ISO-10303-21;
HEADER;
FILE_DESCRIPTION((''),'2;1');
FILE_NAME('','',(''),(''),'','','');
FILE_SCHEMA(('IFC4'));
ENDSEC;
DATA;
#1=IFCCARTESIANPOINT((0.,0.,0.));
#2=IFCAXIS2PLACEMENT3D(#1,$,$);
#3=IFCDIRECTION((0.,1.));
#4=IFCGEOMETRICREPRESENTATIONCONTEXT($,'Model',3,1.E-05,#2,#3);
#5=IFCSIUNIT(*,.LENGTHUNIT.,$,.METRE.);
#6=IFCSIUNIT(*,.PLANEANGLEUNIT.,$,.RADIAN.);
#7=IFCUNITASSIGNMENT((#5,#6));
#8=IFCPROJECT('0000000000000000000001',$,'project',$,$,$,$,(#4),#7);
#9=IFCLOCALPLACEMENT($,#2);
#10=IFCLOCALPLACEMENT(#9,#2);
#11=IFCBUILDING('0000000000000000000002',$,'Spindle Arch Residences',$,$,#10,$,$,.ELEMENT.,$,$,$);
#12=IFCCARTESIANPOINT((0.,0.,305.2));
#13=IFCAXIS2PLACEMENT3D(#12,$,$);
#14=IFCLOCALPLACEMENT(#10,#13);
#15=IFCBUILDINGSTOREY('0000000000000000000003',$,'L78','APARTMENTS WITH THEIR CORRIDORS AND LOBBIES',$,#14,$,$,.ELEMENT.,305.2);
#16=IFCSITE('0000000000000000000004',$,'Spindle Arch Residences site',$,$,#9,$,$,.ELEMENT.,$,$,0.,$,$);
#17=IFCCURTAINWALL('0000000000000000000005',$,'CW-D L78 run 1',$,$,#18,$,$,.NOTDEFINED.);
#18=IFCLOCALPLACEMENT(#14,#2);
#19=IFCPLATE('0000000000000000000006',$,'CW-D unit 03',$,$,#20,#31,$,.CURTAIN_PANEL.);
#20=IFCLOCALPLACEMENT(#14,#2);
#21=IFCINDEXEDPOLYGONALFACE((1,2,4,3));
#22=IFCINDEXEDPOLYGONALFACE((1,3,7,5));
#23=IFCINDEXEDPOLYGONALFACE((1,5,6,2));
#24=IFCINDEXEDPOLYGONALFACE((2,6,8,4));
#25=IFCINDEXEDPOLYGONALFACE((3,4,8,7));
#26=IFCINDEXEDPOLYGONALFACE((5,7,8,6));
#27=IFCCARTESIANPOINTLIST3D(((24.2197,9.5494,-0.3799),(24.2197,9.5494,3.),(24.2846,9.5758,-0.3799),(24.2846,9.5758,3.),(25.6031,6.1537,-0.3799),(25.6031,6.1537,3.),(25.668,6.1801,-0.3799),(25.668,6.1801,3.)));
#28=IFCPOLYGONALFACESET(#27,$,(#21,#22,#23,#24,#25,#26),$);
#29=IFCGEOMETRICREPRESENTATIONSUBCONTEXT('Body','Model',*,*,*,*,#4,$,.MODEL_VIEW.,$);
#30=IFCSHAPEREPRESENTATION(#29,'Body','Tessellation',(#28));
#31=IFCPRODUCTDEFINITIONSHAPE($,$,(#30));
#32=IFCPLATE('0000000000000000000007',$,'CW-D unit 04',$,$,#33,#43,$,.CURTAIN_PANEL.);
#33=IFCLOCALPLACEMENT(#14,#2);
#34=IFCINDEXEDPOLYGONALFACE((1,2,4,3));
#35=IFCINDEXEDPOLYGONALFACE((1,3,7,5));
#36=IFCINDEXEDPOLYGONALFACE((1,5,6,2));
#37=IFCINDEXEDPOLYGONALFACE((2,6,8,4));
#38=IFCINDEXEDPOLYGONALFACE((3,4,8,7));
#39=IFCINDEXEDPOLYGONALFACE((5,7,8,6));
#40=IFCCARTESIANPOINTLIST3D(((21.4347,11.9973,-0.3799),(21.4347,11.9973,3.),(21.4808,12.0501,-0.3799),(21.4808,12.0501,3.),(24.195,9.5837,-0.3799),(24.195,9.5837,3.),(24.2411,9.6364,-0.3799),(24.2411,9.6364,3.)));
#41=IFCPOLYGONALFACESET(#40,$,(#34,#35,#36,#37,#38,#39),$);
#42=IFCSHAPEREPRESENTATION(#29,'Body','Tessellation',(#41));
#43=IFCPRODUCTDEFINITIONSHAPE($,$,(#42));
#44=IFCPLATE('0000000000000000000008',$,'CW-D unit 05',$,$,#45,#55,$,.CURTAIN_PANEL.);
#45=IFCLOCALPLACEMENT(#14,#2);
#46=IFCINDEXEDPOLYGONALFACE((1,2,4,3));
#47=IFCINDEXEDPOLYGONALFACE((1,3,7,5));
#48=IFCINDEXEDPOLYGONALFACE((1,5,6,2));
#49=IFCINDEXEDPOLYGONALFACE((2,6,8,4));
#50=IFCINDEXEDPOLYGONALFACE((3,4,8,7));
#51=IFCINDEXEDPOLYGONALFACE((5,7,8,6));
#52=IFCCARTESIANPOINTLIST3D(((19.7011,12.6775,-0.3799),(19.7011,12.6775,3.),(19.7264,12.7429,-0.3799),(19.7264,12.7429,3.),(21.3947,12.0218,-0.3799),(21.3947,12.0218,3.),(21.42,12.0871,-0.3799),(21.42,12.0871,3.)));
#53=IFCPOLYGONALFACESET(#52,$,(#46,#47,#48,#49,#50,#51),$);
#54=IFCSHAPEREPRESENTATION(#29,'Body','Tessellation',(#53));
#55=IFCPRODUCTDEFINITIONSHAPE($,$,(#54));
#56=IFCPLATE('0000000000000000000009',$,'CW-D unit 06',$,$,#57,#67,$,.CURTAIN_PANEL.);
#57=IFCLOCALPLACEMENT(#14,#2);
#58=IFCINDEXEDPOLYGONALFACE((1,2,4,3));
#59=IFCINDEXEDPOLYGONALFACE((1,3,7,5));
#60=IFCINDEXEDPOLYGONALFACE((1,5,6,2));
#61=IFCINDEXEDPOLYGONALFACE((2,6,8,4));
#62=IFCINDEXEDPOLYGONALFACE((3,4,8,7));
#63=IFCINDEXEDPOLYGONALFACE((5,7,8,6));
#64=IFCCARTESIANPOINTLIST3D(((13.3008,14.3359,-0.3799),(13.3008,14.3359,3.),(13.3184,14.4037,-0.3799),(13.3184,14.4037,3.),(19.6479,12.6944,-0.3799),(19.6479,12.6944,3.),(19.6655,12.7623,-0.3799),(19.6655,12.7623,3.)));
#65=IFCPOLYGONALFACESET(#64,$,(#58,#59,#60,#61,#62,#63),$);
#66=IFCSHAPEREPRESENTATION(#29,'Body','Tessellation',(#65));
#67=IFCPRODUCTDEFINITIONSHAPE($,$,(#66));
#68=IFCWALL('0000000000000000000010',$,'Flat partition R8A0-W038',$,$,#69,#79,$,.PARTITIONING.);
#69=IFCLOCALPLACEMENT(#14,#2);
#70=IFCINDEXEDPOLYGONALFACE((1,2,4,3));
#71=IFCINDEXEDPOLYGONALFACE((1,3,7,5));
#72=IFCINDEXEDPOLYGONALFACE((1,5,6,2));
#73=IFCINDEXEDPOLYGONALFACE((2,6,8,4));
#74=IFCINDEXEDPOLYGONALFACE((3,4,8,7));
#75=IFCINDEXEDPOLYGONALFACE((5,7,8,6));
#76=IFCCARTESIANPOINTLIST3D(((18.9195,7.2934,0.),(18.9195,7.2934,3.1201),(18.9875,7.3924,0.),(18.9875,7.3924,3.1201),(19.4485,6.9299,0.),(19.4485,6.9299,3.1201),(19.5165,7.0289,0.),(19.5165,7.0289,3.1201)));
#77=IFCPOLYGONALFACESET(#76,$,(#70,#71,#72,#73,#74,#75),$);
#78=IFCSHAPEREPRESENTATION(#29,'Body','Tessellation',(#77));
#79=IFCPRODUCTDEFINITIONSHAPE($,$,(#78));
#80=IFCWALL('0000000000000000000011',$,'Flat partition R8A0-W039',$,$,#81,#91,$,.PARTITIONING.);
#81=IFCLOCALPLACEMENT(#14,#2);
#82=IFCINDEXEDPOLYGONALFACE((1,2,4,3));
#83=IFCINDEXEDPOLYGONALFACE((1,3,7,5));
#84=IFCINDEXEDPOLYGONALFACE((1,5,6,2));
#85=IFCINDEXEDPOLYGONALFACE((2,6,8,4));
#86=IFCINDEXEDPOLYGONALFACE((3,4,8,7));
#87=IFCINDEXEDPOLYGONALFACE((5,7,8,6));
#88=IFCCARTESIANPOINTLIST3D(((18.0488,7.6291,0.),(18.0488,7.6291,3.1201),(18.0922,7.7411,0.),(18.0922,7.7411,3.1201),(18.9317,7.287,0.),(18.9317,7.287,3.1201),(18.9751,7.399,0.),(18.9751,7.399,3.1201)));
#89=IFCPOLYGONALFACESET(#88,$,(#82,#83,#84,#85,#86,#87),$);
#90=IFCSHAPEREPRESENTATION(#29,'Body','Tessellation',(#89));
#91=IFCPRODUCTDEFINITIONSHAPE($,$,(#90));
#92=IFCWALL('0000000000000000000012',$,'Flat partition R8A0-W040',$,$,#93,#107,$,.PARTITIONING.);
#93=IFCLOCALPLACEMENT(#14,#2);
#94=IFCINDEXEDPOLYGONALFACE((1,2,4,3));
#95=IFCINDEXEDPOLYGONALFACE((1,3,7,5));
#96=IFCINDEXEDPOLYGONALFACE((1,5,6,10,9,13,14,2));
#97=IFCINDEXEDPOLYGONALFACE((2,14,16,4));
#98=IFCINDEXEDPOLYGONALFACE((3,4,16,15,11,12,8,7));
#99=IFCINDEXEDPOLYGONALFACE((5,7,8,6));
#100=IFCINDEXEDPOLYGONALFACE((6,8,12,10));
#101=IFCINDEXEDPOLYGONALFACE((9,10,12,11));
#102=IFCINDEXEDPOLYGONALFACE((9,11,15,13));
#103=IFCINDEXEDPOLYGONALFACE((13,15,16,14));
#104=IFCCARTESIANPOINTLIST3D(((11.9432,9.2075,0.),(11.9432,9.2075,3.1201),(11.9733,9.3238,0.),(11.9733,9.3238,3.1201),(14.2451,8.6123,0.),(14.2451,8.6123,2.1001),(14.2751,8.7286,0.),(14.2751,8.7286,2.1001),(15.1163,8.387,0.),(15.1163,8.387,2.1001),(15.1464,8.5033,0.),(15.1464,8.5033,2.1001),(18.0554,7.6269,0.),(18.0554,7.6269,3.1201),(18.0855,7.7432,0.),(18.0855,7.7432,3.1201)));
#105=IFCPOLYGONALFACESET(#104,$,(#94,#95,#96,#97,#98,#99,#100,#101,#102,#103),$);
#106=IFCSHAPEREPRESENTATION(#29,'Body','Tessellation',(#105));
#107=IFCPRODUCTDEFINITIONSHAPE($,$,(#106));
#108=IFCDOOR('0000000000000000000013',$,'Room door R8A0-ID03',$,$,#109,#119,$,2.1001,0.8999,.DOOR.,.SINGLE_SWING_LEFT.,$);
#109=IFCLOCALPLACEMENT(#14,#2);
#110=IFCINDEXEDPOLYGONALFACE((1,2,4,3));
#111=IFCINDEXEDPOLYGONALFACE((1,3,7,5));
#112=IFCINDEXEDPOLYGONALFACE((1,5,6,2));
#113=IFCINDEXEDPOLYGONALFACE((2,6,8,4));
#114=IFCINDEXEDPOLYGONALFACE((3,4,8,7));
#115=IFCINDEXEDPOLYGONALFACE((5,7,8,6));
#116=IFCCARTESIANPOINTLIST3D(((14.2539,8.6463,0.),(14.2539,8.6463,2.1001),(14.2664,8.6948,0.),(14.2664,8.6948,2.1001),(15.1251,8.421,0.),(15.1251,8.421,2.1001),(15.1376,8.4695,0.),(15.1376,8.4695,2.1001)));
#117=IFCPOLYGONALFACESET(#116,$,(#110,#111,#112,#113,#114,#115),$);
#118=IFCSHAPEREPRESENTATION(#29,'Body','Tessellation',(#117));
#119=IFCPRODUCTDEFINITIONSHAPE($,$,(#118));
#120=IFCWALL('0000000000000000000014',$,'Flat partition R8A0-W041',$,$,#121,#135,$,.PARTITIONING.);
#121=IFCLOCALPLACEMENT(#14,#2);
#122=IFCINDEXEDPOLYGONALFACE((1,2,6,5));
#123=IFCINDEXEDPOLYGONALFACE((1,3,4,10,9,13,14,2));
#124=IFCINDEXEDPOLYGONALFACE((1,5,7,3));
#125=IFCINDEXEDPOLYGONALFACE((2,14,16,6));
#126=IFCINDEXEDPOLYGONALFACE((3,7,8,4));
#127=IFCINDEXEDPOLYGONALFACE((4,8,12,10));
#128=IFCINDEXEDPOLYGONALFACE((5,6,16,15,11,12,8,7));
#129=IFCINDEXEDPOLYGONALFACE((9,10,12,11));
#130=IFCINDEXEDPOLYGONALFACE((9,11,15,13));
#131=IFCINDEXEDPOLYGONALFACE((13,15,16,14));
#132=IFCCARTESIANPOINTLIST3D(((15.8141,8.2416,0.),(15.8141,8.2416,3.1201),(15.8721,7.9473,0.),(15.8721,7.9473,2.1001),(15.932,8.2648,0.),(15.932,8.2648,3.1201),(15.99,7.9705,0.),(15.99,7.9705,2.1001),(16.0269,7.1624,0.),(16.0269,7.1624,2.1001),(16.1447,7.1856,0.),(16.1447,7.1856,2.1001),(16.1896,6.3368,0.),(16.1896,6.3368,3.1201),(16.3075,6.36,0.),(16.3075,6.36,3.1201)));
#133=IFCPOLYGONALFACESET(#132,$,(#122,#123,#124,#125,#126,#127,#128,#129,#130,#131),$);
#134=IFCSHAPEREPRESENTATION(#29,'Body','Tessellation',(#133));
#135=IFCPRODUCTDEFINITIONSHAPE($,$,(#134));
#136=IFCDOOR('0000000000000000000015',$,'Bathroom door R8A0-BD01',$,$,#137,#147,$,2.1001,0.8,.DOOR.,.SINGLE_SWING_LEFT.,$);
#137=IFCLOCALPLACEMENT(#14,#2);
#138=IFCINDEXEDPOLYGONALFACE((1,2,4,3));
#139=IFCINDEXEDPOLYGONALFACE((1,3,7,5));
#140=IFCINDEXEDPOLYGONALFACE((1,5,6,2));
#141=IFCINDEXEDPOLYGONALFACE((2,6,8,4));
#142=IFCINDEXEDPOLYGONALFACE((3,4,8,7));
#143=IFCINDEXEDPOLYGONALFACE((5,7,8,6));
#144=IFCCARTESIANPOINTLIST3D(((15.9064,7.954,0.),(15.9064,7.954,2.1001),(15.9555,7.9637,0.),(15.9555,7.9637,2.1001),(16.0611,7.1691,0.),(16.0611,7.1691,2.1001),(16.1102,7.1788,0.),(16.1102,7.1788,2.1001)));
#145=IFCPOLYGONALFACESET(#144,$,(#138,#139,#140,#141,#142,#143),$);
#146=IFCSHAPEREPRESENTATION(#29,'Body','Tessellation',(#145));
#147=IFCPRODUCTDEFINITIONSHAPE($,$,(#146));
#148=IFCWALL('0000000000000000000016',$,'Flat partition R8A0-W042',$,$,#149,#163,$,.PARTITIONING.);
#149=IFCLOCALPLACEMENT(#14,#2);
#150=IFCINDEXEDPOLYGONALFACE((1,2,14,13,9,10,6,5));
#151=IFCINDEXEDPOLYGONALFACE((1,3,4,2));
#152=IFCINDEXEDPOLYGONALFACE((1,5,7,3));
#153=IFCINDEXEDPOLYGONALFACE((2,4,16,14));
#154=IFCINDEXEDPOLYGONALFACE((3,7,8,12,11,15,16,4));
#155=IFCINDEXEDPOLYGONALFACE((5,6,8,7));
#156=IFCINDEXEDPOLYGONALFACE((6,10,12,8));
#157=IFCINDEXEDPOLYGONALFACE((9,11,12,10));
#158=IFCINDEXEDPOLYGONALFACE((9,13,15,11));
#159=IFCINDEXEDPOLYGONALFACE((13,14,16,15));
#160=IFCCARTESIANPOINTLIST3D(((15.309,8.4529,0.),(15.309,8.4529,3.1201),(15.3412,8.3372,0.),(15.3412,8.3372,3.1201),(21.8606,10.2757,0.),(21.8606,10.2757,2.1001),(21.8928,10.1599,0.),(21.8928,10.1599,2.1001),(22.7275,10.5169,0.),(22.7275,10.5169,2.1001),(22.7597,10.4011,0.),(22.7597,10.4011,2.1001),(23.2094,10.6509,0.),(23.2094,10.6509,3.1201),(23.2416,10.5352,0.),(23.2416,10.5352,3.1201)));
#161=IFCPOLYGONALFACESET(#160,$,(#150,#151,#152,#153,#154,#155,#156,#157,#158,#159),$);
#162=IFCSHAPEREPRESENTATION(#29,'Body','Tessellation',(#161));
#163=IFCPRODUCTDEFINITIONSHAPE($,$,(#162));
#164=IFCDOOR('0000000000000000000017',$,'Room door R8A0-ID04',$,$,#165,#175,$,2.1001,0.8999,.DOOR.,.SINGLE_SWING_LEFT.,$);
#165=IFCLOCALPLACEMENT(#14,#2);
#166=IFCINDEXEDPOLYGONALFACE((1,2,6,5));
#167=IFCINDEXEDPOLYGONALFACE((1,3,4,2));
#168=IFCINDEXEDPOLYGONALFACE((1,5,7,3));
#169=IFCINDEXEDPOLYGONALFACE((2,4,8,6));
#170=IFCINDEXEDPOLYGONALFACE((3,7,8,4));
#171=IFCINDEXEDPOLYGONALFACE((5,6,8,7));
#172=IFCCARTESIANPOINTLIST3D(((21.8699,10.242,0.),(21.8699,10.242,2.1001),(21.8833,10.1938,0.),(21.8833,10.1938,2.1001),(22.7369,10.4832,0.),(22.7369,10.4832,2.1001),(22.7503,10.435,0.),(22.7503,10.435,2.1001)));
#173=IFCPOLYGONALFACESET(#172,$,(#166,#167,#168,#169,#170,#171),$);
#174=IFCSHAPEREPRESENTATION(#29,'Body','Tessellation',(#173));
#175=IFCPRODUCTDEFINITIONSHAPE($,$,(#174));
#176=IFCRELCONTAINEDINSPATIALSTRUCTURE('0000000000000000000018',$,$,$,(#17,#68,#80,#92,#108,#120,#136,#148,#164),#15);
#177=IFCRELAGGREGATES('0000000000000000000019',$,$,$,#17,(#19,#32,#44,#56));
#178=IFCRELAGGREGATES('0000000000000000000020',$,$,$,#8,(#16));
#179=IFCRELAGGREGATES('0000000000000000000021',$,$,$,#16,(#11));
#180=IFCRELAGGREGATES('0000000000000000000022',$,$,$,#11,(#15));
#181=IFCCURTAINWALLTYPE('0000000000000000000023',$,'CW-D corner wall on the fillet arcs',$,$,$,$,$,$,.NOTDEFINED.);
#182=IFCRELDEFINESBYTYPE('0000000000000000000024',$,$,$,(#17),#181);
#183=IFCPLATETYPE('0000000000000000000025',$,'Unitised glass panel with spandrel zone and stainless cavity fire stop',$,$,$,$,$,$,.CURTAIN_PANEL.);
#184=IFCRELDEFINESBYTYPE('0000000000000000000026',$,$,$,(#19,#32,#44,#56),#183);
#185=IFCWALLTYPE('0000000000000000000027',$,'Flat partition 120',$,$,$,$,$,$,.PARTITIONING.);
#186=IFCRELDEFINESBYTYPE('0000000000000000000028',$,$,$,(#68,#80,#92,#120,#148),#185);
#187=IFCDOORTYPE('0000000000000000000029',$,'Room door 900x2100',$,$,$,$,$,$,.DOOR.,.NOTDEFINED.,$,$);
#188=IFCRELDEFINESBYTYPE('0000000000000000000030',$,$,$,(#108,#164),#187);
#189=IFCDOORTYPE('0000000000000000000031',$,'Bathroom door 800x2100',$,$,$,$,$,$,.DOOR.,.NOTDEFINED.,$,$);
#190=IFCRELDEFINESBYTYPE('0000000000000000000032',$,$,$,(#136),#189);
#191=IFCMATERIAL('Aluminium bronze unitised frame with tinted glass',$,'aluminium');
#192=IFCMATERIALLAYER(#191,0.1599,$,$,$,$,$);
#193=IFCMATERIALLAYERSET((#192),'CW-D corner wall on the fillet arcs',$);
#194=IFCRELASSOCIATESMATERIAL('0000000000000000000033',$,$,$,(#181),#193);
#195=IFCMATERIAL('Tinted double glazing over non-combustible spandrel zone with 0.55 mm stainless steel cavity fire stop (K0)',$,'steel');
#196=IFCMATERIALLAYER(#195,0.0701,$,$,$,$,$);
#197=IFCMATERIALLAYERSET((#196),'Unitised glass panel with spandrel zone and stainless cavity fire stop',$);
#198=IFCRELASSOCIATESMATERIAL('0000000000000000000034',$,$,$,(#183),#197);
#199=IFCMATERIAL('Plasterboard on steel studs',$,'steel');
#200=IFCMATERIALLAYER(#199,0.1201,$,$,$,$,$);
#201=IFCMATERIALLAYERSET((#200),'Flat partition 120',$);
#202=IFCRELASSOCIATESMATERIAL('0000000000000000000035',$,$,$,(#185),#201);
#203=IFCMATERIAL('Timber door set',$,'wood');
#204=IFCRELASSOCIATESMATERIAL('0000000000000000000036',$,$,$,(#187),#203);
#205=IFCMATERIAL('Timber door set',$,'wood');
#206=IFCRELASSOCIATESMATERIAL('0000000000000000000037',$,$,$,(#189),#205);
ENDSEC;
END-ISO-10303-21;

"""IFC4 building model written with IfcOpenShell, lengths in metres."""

from ifc_helpers import new_model, si_unit, direction, frame, frame_2d, origin, origin_2d, place, context, subcontext, project, spatial, rectangle, extrude, material, layer, layer_set, type_object, element, fill, aggregate, save


model = new_model("IFC4")

# Units and contexts
model_context = context("Model", 3, precision=1e-05, world=origin(), true_north=direction((0.0, 1.0)))
body_context = subcontext(model_context, "Body", "Model", "MODEL_VIEW")
ifc_project = project(units=[si_unit("LENGTHUNIT", "METRE"), si_unit("PLANEANGLEUNIT", "RADIAN")], contexts=[model_context])

# Site, building, storey
site_placement = place(None, origin())
site = spatial("IfcSite", under=ifc_project, at=site_placement, Name="Spindle Arch Residences site", CompositionType="ELEMENT", RefElevation=0.0)
building_placement = place(site_placement, origin())
building = spatial("IfcBuilding", under=site, at=building_placement, Name="Spindle Arch Residences", CompositionType="ELEMENT")
storey_placement = place(building_placement, frame((0.0, 0.0, 305.2)))
storey = spatial("IfcBuildingStorey", under=building, at=storey_placement, Name="L78", Description="APARTMENTS WITH THEIR CORRIDORS AND LOBBIES", CompositionType="ELEMENT", Elevation=305.2)

# Curtain wall
ifc_material_1 = material(Name="Aluminium bronze unitised frame with tinted glass", Category="aluminium")
ifc_layer_1 = layer(ifc_material_1, 0.1599)
ifc_layer_set_1 = layer_set([ifc_layer_1], Name="CW-D corner wall on the fillet arcs")
curtain_wall_type = type_object("IfcCurtainWallType", Name="CW-D corner wall on the fillet arcs", PredefinedType="NOTDEFINED", material=ifc_layer_set_1)
curtain_wall_placement = place(storey_placement, origin())
curtain_wall = element("IfcCurtainWall", 1, at=curtain_wall_placement, inside=storey, type_object=curtain_wall_type, Name="CW-D L78 run 1", PredefinedType="NOTDEFINED")

# Plates
ifc_material_2 = material(Name="Tinted double glazing over non-combustible spandrel zone with 0.55 mm stainless steel cavity fire stop (K0)", Category="steel")
ifc_layer_2 = layer(ifc_material_2, 0.0701)
ifc_layer_set_2 = layer_set([ifc_layer_2], Name="Unitised glass panel with spandrel zone and stainless cavity fire stop")
plate_type = type_object("IfcPlateType", Name="Unitised glass panel with spandrel zone and stainless cavity fire stop", PredefinedType="CURTAIN_PANEL", material=ifc_layer_set_2)
plate_1_placement = place(storey_placement, frame((24.9438, 7.8647, -0.3799), z_axis=(0.0, 0.0, 1.0), x_axis=(-0.377302, 0.92609, 0.0)))
plate_1 = element("IfcPlate", 2, at=plate_1_placement, type_object=plate_type, Name="CW-D unit 03", PredefinedType="CURTAIN_PANEL", context=body_context, shape_type="SweptSolid", body=[
    extrude(rectangle(XDim=3.6667, YDim=0.0701, at=origin_2d()), origin(), (0.0, 0.0, 1.0), 3.3799),
])
plate_2_placement = place(storey_placement, frame((22.8379, 10.8169, -0.3799), z_axis=(0.0, 0.0, 1.0), x_axis=(-0.752798, 0.658252, 0.0)))
plate_2 = element("IfcPlate", 3, at=plate_2_placement, type_object=plate_type, Name="CW-D unit 04", PredefinedType="CURTAIN_PANEL", context=body_context, shape_type="SweptSolid", body=[
    extrude(rectangle(XDim=3.6667, YDim=0.0701, at=origin_2d()), origin(), (0.0, 0.0, 1.0), 3.3799),
])
plate_3_placement = place(storey_placement, frame((20.5605, 12.3823, -0.3799), z_axis=(0.0, 0.0, 1.0), x_axis=(-0.932534, 0.361082, 0.0)))
plate_3 = element("IfcPlate", 4, at=plate_3_placement, type_object=plate_type, Name="CW-D unit 05", PredefinedType="CURTAIN_PANEL", context=body_context, shape_type="SweptSolid", body=[
    extrude(rectangle(XDim=1.8162, YDim=0.0701, at=origin_2d()), origin(), (0.0, 0.0, 1.0), 3.3799),
])
plate_4_placement = place(storey_placement, frame((16.4832, 13.5491, -0.3799), z_axis=(0.0, 0.0, 1.0), x_axis=(-0.968148, 0.25038, 0.0)))
plate_4 = element("IfcPlate", 5, at=plate_4_placement, type_object=plate_type, Name="CW-D unit 06", PredefinedType="CURTAIN_PANEL", context=body_context, shape_type="SweptSolid", body=[
    extrude(rectangle(XDim=6.5559, YDim=0.0701, at=origin_2d()), origin(), (0.0, 0.0, 1.0), 3.3799),
])
aggregate(curtain_wall, [plate_1, plate_2, plate_3, plate_4])

# Walls
ifc_material_3 = material(Name="Plasterboard on steel studs", Category="steel")
ifc_layer_3 = layer(ifc_material_3, 0.1201)
ifc_layer_set_3 = layer_set([ifc_layer_3], Name="Flat partition 120")
wall_type_1 = type_object("IfcWallType", Name="Flat partition 120", PredefinedType="PARTITIONING", material=ifc_layer_set_3)
wall_1_placement = place(storey_placement, frame((19.4824, 6.9795, 0.0), z_axis=(0.0, 0.0, 1.0), x_axis=(-0.824186, 0.566319, 0.0)))
element("IfcWall", 6, at=wall_1_placement, inside=storey, type_object=wall_type_1, Name="Flat partition R8A0-W038", PredefinedType="PARTITIONING", context=body_context, shape_type="SweptSolid", body=[
    extrude(rectangle(XDim=0.6418, YDim=0.1201, at=frame_2d((0.3208, 0.0))), origin(), (0.0, 0.0, 1.0), 3.1201),
])
wall_2_placement = place(storey_placement, frame((18.9534, 7.343, 0.0), z_axis=(0.0, 0.0, 1.0), x_axis=(-0.932459, 0.361276, 0.0)))
element("IfcWall", 7, at=wall_2_placement, inside=storey, type_object=wall_type_1, Name="Flat partition R8A0-W039", PredefinedType="PARTITIONING", context=body_context, shape_type="SweptSolid", body=[
    extrude(rectangle(XDim=0.9468, YDim=0.1201, at=frame_2d((0.4734, 0.0))), origin(), (0.0, 0.0, 1.0), 3.1201),
])

# Walls, openings, doors
wall_3_placement = place(storey_placement, frame((18.0706, 7.6851, 0.0), z_axis=(0.0, 0.0, 1.0), x_axis=(-0.968152, 0.250362, 0.0)))
wall_3 = element("IfcWall", 8, at=wall_3_placement, inside=storey, type_object=wall_type_1, Name="Flat partition R8A0-W040", PredefinedType="PARTITIONING", context=body_context, shape_type="SweptSolid", body=[
    extrude(rectangle(XDim=6.3132, YDim=0.1201, at=frame_2d((3.1567, 0.0))), origin(), (0.0, 0.0, 1.0), 3.1201),
])
opening_1_placement = place(wall_3_placement, frame((3.0359, 0.0, 0.0)))
opening_1 = element("IfcOpeningElement", 9, at=opening_1_placement, cuts=wall_3, PredefinedType="OPENING", context=body_context, shape_type="SweptSolid", body=[
    extrude(rectangle(XDim=0.8999, YDim=2.1001, at=frame_2d((0.45, 1.05))), frame((0.0, 0.0701, 0.0), z_axis=(0.0, -1.0, 0.0), x_axis=(1.0, 0.0, 0.0)), (0.0, 0.0, 1.0), 0.1401),
])
ifc_material_4 = material(Name="Timber door set", Category="wood")
door_type_1 = type_object("IfcDoorType", Name="Room door 900x2100", OperationType="NOTDEFINED", PredefinedType="DOOR", material=ifc_material_4)
door_1_placement = place(opening_1_placement, origin())
door_1 = element("IfcDoor", 10, at=door_1_placement, inside=storey, type_object=door_type_1, Name="Room door R8A0-ID03", OperationType="SINGLE_SWING_LEFT", OverallHeight=2.1001, OverallWidth=0.8999, PredefinedType="DOOR", context=body_context, shape_type="SweptSolid", body=[
    extrude(rectangle(XDim=0.8999, YDim=2.1001, at=frame_2d((0.45, 1.05))), frame((0.0, 0.0249, 0.0), z_axis=(0.0, -1.0, 0.0), x_axis=(1.0, 0.0, 0.0)), (0.0, 0.0, 1.0), 0.05),
])
fill(opening_1, door_1)
wall_4_placement = place(storey_placement, frame((15.873, 8.2532, 0.0), z_axis=(0.0, 0.0, 1.0), x_axis=(0.193407, -0.981119, 0.0)))
wall_4 = element("IfcWall", 11, at=wall_4_placement, inside=storey, type_object=wall_type_1, Name="Flat partition R8A0-W041", PredefinedType="PARTITIONING", context=body_context, shape_type="SweptSolid", body=[
    extrude(rectangle(XDim=1.9414, YDim=0.1201, at=frame_2d((0.9707, 0.0))), origin(), (0.0, 0.0, 1.0), 3.1201),
])
opening_2_placement = place(wall_4_placement, frame((0.3, 0.0, 0.0)))
opening_2 = element("IfcOpeningElement", 12, at=opening_2_placement, cuts=wall_4, PredefinedType="OPENING", context=body_context, shape_type="SweptSolid", body=[
    extrude(rectangle(XDim=0.8, YDim=2.1001, at=frame_2d((0.3999, 1.05))), frame((0.0, 0.0701, 0.0), z_axis=(0.0, -1.0, 0.0), x_axis=(1.0, 0.0, 0.0)), (0.0, 0.0, 1.0), 0.1401),
])
ifc_material_5 = material(Name="Timber door set", Category="wood")
door_type_2 = type_object("IfcDoorType", Name="Bathroom door 800x2100", OperationType="NOTDEFINED", PredefinedType="DOOR", material=ifc_material_5)
door_2_placement = place(opening_2_placement, origin())
door_2 = element("IfcDoor", 13, at=door_2_placement, inside=storey, type_object=door_type_2, Name="Bathroom door R8A0-BD01", OperationType="SINGLE_SWING_LEFT", OverallHeight=2.1001, OverallWidth=0.8, PredefinedType="DOOR", context=body_context, shape_type="SweptSolid", body=[
    extrude(rectangle(XDim=0.8, YDim=2.1001, at=frame_2d((0.3999, 1.05))), frame((0.0, 0.0249, 0.0), z_axis=(0.0, -1.0, 0.0), x_axis=(1.0, 0.0, 0.0)), (0.0, 0.0, 1.0), 0.05),
])
fill(opening_2, door_2)
wall_5_placement = place(storey_placement, frame((23.2253, 10.593, 0.0), z_axis=(0.0, 0.0, 1.0), x_axis=(-0.963409, -0.268034, 0.0)))
wall_5 = element("IfcWall", 14, at=wall_5_placement, inside=storey, type_object=wall_type_1, Name="Flat partition R8A0-W042", PredefinedType="PARTITIONING", context=body_context, shape_type="SweptSolid", body=[
    extrude(rectangle(XDim=8.2004, YDim=0.1201, at=frame_2d((4.1001, 0.0))), origin(), (0.0, 0.0, 1.0), 3.1201),
])
opening_3_placement = place(wall_5_placement, frame((0.5, 0.0, 0.0)))
opening_3 = element("IfcOpeningElement", 15, at=opening_3_placement, cuts=wall_5, PredefinedType="OPENING", context=body_context, shape_type="SweptSolid", body=[
    extrude(rectangle(XDim=0.8999, YDim=2.1001, at=frame_2d((0.45, 1.05))), frame((0.0, 0.0701, 0.0), z_axis=(0.0, -1.0, 0.0), x_axis=(1.0, 0.0, 0.0)), (0.0, 0.0, 1.0), 0.1401),
])
door_3_placement = place(opening_3_placement, origin())
door_3 = element("IfcDoor", 16, at=door_3_placement, inside=storey, type_object=door_type_1, Name="Room door R8A0-ID04", OperationType="SINGLE_SWING_LEFT", OverallHeight=2.1001, OverallWidth=0.8999, PredefinedType="DOOR", context=body_context, shape_type="SweptSolid", body=[
    extrude(rectangle(XDim=0.8999, YDim=2.1001, at=frame_2d((0.45, 1.05))), frame((0.0, 0.0249, 0.0), z_axis=(0.0, -1.0, 0.0), x_axis=(1.0, 0.0, 0.0)), (0.0, 0.0, 1.0), 0.05),
])
fill(opening_3, door_3)

save(model, "model.ifc")
